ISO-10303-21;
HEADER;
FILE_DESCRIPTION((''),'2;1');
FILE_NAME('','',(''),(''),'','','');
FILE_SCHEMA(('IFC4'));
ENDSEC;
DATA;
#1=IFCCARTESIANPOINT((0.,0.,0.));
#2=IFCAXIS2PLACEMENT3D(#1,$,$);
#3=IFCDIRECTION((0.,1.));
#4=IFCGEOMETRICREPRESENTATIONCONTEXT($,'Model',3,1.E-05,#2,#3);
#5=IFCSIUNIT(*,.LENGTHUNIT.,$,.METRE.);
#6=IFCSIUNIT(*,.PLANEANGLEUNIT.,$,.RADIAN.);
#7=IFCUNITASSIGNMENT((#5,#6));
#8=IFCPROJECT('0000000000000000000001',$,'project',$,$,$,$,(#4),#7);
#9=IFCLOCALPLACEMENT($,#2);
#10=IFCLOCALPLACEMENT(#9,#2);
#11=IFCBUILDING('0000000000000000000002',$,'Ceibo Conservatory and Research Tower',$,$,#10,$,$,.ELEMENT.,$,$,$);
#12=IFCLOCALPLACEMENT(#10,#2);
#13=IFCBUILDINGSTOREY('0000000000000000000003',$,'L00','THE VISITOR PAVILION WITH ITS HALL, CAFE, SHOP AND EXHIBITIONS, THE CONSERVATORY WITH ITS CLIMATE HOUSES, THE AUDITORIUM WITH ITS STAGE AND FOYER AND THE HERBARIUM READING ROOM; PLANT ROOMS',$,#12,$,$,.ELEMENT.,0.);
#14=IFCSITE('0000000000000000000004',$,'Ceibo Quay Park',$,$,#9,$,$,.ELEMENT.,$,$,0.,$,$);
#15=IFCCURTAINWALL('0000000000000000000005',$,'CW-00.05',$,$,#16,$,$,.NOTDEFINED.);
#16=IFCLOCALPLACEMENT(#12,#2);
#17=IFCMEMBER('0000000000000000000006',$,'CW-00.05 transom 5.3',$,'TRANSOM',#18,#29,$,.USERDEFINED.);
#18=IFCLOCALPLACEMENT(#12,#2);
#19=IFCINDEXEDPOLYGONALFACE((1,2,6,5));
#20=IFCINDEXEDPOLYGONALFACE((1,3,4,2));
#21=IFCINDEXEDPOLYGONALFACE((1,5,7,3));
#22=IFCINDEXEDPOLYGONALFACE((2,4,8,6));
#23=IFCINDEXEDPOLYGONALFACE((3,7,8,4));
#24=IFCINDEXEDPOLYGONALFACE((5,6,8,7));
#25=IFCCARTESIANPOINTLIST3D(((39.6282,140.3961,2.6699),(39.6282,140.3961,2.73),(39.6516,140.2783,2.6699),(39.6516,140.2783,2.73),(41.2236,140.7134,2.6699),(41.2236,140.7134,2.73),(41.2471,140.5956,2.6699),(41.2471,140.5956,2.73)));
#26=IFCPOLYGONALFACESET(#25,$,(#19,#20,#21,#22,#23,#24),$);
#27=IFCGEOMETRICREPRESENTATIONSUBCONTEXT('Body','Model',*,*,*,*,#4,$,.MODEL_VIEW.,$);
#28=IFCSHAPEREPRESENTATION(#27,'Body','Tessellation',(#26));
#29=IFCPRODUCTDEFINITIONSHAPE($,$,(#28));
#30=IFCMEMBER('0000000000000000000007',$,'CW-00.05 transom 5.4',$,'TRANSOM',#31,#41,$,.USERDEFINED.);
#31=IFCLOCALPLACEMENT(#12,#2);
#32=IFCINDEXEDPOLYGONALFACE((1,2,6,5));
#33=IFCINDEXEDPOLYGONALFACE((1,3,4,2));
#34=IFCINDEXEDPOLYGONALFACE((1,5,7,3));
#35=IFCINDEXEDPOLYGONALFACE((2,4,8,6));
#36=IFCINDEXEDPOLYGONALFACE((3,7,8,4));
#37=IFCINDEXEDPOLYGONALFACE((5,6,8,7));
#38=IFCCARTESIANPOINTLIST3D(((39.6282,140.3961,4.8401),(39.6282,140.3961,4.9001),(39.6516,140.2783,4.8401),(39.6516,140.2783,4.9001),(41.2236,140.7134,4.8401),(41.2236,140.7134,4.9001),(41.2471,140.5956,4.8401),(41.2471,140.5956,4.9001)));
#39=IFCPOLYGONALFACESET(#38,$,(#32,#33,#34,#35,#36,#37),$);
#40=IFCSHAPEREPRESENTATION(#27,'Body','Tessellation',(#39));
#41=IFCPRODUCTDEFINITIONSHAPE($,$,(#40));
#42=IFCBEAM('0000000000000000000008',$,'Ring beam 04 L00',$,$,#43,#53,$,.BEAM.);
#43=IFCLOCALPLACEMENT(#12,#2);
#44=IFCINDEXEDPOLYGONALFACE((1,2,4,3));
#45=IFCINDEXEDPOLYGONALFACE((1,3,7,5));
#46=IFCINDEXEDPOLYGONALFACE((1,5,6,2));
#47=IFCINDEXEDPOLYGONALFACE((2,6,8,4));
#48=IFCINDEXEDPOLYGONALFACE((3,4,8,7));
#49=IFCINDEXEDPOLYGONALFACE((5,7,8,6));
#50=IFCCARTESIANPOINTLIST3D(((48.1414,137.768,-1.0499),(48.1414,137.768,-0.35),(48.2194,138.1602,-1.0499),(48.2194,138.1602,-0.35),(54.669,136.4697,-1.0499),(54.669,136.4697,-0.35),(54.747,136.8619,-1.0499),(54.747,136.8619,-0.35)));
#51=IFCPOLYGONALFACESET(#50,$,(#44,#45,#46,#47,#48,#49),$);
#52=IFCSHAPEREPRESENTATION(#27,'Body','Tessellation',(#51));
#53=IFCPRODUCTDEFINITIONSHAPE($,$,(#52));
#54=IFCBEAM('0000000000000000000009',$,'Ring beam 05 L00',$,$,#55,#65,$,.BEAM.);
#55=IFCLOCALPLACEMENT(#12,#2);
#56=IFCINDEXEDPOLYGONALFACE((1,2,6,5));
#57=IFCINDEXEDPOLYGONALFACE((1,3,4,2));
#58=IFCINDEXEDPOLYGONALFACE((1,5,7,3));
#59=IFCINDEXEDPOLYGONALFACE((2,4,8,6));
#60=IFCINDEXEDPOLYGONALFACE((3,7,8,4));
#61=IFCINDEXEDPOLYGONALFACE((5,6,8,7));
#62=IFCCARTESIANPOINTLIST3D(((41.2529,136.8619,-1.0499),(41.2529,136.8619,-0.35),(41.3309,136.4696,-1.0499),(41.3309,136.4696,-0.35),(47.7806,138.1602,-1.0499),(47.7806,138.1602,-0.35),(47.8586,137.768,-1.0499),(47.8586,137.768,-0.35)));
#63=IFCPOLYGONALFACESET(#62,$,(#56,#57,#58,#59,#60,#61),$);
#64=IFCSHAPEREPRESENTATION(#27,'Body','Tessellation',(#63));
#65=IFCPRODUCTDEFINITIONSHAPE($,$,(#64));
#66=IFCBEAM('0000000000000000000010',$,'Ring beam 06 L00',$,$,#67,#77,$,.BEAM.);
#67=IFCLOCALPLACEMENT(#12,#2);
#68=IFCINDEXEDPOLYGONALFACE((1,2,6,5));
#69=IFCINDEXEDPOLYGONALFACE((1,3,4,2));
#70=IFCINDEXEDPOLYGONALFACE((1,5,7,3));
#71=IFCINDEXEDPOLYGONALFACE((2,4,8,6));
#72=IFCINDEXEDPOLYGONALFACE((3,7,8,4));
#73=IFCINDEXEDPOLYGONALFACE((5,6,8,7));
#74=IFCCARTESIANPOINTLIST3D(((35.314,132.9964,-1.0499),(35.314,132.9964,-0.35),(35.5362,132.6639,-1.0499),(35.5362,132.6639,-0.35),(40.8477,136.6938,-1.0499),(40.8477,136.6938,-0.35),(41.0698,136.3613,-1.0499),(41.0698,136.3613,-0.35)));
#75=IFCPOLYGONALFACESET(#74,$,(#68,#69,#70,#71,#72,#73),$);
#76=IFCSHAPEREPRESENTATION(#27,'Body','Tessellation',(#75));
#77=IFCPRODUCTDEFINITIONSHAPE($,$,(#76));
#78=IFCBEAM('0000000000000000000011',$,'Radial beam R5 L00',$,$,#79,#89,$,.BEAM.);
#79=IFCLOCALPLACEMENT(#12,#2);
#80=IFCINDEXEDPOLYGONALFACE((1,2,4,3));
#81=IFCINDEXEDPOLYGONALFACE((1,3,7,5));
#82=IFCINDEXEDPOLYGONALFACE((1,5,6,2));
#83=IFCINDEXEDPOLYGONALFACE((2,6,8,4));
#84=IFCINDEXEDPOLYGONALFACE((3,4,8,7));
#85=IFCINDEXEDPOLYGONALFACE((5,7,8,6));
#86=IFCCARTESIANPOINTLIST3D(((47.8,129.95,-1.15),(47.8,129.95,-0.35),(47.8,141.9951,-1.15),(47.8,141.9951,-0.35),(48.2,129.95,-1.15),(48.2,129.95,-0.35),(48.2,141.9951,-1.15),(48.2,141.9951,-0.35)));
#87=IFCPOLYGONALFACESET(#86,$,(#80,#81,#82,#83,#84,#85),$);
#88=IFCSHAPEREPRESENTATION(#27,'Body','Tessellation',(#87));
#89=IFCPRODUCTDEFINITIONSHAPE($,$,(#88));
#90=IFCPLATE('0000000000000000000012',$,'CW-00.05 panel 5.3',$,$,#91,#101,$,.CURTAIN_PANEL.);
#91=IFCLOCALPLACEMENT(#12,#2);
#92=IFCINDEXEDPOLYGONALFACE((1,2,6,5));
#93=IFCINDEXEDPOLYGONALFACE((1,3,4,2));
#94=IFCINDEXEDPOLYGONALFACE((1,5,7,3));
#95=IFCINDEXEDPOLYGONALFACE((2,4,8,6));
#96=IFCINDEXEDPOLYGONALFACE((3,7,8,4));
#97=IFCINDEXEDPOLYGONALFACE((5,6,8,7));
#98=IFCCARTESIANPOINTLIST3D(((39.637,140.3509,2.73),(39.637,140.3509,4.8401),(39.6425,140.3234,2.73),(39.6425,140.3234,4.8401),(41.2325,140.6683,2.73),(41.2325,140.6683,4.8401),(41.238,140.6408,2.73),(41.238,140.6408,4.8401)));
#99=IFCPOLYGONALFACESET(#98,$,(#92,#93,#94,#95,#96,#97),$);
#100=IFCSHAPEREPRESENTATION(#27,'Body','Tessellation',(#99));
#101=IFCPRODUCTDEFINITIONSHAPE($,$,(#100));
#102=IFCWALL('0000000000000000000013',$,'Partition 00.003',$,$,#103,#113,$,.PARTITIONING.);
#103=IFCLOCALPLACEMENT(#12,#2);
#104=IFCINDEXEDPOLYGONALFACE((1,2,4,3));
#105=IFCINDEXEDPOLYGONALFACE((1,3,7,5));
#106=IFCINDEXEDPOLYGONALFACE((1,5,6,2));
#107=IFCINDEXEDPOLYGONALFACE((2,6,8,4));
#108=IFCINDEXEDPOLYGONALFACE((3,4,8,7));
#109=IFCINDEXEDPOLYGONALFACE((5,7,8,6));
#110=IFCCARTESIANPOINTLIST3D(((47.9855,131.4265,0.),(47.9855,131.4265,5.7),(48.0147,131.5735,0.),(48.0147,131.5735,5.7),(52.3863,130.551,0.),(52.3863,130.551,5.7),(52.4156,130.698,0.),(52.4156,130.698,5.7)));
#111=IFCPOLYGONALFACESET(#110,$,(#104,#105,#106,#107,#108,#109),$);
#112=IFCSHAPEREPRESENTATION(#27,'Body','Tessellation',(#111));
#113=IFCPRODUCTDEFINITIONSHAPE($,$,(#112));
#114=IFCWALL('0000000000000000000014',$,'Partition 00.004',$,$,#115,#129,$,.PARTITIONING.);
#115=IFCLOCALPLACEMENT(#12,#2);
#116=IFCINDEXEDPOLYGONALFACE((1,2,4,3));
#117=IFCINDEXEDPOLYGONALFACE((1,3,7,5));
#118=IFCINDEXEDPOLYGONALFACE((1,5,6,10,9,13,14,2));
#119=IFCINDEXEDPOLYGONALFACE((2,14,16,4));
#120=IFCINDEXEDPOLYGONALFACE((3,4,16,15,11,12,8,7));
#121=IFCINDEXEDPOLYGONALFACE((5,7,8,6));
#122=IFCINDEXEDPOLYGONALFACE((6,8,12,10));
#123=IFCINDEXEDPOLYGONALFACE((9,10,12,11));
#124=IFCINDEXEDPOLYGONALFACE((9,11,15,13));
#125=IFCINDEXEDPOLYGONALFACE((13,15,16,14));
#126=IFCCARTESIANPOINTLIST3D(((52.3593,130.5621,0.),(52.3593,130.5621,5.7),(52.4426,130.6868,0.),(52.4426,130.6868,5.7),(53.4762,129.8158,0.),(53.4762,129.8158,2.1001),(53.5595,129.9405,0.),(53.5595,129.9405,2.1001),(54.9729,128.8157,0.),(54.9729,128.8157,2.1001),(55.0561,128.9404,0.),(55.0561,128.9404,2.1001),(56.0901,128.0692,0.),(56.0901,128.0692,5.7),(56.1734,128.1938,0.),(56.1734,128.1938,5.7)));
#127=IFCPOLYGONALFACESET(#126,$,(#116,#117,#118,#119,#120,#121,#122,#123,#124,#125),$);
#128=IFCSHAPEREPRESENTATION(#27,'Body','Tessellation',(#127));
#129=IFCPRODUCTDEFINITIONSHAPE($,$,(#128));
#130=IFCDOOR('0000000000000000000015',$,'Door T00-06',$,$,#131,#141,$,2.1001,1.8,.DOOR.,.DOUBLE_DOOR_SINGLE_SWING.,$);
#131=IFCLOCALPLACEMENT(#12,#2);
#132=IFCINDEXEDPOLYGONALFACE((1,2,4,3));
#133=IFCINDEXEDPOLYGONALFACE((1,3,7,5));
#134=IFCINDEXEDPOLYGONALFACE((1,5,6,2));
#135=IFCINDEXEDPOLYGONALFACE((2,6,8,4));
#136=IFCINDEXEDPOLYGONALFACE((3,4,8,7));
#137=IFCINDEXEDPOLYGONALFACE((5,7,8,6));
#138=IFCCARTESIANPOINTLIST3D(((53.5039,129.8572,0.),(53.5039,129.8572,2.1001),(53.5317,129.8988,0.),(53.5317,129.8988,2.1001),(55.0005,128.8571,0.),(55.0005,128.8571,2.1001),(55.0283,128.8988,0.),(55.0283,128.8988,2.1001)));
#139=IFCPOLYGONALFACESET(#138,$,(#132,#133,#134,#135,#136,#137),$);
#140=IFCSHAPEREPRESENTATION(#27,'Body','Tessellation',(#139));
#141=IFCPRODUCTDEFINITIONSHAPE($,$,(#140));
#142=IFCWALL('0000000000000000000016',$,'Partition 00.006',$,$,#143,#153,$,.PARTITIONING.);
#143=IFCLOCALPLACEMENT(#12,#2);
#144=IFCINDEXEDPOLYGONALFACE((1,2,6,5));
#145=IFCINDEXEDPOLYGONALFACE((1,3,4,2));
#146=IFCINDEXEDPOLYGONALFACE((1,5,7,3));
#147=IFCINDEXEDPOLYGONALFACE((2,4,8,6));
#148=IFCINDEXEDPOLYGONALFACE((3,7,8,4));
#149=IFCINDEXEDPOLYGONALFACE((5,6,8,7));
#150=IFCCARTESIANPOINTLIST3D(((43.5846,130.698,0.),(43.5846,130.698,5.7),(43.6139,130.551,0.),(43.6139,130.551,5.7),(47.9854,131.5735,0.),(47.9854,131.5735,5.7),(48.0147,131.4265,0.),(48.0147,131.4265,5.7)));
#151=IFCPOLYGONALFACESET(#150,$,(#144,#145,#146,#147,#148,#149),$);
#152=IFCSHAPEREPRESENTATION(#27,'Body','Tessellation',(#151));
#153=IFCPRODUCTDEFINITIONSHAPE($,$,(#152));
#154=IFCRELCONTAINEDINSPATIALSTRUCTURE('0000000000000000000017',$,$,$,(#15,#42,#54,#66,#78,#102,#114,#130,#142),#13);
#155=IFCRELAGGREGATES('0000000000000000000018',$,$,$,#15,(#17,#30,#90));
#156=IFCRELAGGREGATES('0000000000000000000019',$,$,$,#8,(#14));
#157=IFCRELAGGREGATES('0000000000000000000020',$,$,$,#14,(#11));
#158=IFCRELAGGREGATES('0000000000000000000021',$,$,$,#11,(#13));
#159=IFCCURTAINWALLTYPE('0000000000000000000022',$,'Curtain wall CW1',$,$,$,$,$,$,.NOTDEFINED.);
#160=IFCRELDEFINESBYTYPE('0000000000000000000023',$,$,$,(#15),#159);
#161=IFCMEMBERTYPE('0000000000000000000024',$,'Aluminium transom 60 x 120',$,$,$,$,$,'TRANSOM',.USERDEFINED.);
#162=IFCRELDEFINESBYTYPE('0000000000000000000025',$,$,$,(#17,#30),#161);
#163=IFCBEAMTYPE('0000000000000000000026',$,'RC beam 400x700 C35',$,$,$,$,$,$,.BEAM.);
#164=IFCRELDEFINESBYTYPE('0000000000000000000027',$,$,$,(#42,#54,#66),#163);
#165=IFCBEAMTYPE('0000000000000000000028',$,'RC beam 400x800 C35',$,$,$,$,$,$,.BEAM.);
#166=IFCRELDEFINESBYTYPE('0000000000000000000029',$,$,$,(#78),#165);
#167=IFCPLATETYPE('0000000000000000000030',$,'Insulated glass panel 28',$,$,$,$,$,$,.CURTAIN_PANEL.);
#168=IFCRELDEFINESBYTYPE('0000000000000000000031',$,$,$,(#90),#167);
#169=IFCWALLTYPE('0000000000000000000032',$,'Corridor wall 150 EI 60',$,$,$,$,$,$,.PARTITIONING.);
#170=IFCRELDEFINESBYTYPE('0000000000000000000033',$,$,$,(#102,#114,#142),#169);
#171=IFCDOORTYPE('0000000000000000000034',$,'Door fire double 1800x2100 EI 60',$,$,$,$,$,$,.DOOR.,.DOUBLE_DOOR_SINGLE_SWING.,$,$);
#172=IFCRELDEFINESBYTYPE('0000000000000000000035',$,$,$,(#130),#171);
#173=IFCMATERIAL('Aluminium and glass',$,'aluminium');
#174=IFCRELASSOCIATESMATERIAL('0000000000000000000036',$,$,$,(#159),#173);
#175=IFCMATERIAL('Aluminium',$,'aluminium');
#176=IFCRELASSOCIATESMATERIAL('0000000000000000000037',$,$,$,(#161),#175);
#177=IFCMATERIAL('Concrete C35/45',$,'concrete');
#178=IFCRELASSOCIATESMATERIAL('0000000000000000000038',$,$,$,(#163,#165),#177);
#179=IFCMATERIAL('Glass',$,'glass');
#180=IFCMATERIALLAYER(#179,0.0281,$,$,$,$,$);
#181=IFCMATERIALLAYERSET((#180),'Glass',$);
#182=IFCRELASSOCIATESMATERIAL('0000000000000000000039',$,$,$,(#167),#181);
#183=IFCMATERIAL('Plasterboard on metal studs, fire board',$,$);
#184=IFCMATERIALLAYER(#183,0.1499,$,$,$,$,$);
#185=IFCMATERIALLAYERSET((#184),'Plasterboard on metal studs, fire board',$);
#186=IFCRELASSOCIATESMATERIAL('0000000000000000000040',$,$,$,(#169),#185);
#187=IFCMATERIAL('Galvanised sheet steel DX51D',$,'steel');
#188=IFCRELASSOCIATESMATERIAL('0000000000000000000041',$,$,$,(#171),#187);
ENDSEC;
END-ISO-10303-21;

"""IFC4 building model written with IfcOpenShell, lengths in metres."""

from ifc_helpers import new_model, si_unit, direction, frame, frame_2d, origin, origin_2d, place, context, subcontext, project, spatial, rectangle, extrude, material, layer, layer_set, material_profile, profile_set, type_object, element, fill, aggregate, save


model = new_model("IFC4")

# Units and contexts
model_context = context("Model", 3, precision=1e-05, world=origin(), true_north=direction((0.0, 1.0)))
body_context = subcontext(model_context, "Body", "Model", "MODEL_VIEW")
ifc_project = project(units=[si_unit("LENGTHUNIT", "METRE"), si_unit("PLANEANGLEUNIT", "RADIAN")], contexts=[model_context])

# Site, building, storey
site_placement = place(None, origin())
site = spatial("IfcSite", under=ifc_project, at=site_placement, Name="Ceibo Quay Park", CompositionType="ELEMENT", RefElevation=0.0)
building_placement = place(site_placement, origin())
building = spatial("IfcBuilding", under=site, at=building_placement, Name="Ceibo Conservatory and Research Tower", CompositionType="ELEMENT")
storey_placement = place(building_placement, origin())
storey = spatial("IfcBuildingStorey", under=building, at=storey_placement, Name="L00", Description="THE VISITOR PAVILION WITH ITS HALL, CAFE, SHOP AND EXHIBITIONS, THE CONSERVATORY WITH ITS CLIMATE HOUSES, THE AUDITORIUM WITH ITS STAGE AND FOYER AND THE HERBARIUM READING ROOM; PLANT ROOMS", CompositionType="ELEMENT", Elevation=0.0)

# Shared definitions
ifc_material_1 = material(Name="Aluminium and glass", Category="aluminium")
curtain_wall_type = type_object("IfcCurtainWallType", Name="Curtain wall CW1", PredefinedType="NOTDEFINED", material=ifc_material_1)
ifc_material_2 = material(Name="Aluminium", Category="aluminium")

# Curtain wall, members
curtain_wall_1_placement = place(storey_placement, origin())
curtain_wall_1 = element("IfcCurtainWall", 1, at=curtain_wall_1_placement, inside=storey, type_object=curtain_wall_type, Name="CW-00.05", PredefinedType="NOTDEFINED")
ifc_material_profile_1 = material_profile(ifc_material_2, rectangle(XDim=0.1201, YDim=0.0601, at=origin_2d()), Name="Aluminium 60 x 120")
ifc_profile_set_1 = profile_set([ifc_material_profile_1], Name="Aluminium")
member_type_1 = type_object("IfcMemberType", Name="Aluminium transom 60 x 120", ElementType="TRANSOM", PredefinedType="USERDEFINED", material=ifc_profile_set_1)
member_1_placement = place(storey_placement, frame((41.2354, 140.6545, 2.7), z_axis=(-0.980782, -0.195106, 0.0), x_axis=(0.195106, -0.980782, 0.0)))
member_1 = element("IfcMember", 2, at=member_1_placement, type_object=member_type_1, Name="CW-00.05 transom 5.3", ObjectType="TRANSOM", PredefinedType="USERDEFINED", context=body_context, shape_type="SweptSolid", body=[
    extrude(rectangle(XDim=0.1201, YDim=0.0601, at=origin_2d()), origin(), (0.0, 0.0, 1.0), 1.6267),
])
member_2_placement = place(storey_placement, frame((41.2354, 140.6545, 4.8701), z_axis=(-0.980782, -0.195106, 0.0), x_axis=(0.195106, -0.980782, 0.0)))
member_2 = element("IfcMember", 3, at=member_2_placement, type_object=member_type_1, Name="CW-00.05 transom 5.4", ObjectType="TRANSOM", PredefinedType="USERDEFINED", context=body_context, shape_type="SweptSolid", body=[
    extrude(rectangle(XDim=0.1201, YDim=0.0601, at=origin_2d()), origin(), (0.0, 0.0, 1.0), 1.6267),
])

# Beams
ifc_material_3 = material(Name="Concrete C35/45", Category="concrete")
ifc_material_profile_2 = material_profile(ifc_material_3, rectangle(XDim=0.3999, YDim=0.7, at=origin_2d()), Name="RC 400x700")
ifc_profile_set_2 = profile_set([ifc_material_profile_2], Name="Concrete C35/45")
beam_type_1 = type_object("IfcBeamType", Name="RC beam 400x700 C35", PredefinedType="BEAM", material=ifc_profile_set_2)
for number, where, z_axis, x_axis, name in (
    (4, (54.708, 136.6658, -0.7), (-0.980788, 0.195079, 0.0), (-0.195079, -0.980788, 0.0), "Ring beam 04 L00"),
    (5, (47.8196, 137.9641, -0.7), (-0.980788, -0.195079, 0.0), (0.195079, -0.980788, 0.0), "Ring beam 05 L00"),
):
    element("IfcBeam", number, at=place(storey_placement, frame(where, z_axis=z_axis, x_axis=x_axis)), inside=storey, type_object=beam_type_1, Name=name, PredefinedType="BEAM", context=body_context, shape_type="SweptSolid", body=[
        extrude(rectangle(XDim=0.3999, YDim=0.7, at=origin_2d()), origin(), (0.0, 0.0, 1.0), 6.6555),
    ])
beam_1_placement = place(storey_placement, frame((40.9587, 136.5276, -0.7), z_axis=(-0.831469, -0.555572, 0.0), x_axis=(0.555572, -0.831469, 0.0)))
element("IfcBeam", 6, at=beam_1_placement, inside=storey, type_object=beam_type_1, Name="Ring beam 06 L00", PredefinedType="BEAM", context=body_context, shape_type="SweptSolid", body=[
    extrude(rectangle(XDim=0.3999, YDim=0.7, at=origin_2d()), origin(), (0.0, 0.0, 1.0), 6.6553),
])
ifc_material_profile_3 = material_profile(ifc_material_3, rectangle(XDim=0.3999, YDim=0.8, at=origin_2d()), Name="RC 400x800")
ifc_profile_set_3 = profile_set([ifc_material_profile_3], Name="Concrete C35/45")
beam_type_2 = type_object("IfcBeamType", Name="RC beam 400x800 C35", PredefinedType="BEAM", material=ifc_profile_set_3)
beam_2_placement = place(storey_placement, frame((48.0, 129.95, -0.75), z_axis=(0.0, 1.0, 0.0), x_axis=(-1.0, 0.0, 0.0)))
element("IfcBeam", 7, at=beam_2_placement, inside=storey, type_object=beam_type_2, Name="Radial beam R5 L00", PredefinedType="BEAM", context=body_context, shape_type="SweptSolid", body=[
    extrude(rectangle(XDim=0.3999, YDim=0.8, at=origin_2d()), origin(), (0.0, 0.0, 1.0), 12.0452),
])

# Plate
ifc_material_4 = material(Name="Glass", Category="glass")
ifc_layer_1 = layer(ifc_material_4, 0.0281)
ifc_layer_set_1 = layer_set([ifc_layer_1], Name="Glass")
plate_type = type_object("IfcPlateType", Name="Insulated glass panel 28", PredefinedType="CURTAIN_PANEL", material=ifc_layer_set_1)
plate_placement = place(storey_placement, frame((40.4375, 140.4958, 2.73), z_axis=(0.0, 0.0, 1.0), x_axis=(-0.980785, -0.19509, 0.0)))
plate = element("IfcPlate", 8, at=plate_placement, type_object=plate_type, Name="CW-00.05 panel 5.3", PredefinedType="CURTAIN_PANEL", context=body_context, shape_type="SweptSolid", body=[
    extrude(rectangle(XDim=1.6267, YDim=0.0281, at=origin_2d()), origin(), (0.0, 0.0, 1.0), 2.1101),
])
aggregate(curtain_wall_1, [member_1, member_2, plate])

# Wall
ifc_material_5 = material(Name="Plasterboard on metal studs, fire board")
ifc_layer_2 = layer(ifc_material_5, 0.1499)
ifc_layer_set_2 = layer_set([ifc_layer_2], Name="Plasterboard on metal studs, fire board")
wall_type = type_object("IfcWallType", Name="Corridor wall 150 EI 60", PredefinedType="PARTITIONING", material=ifc_layer_set_2)
wall_1_placement = place(storey_placement, frame((48.0, 131.5, 0.0), z_axis=(0.0, 0.0, 1.0), x_axis=(0.980781, -0.195112, 0.0)))
element("IfcWall", 9, at=wall_1_placement, inside=storey, type_object=wall_type, Name="Partition 00.003", PredefinedType="PARTITIONING", context=body_context, shape_type="SweptSolid", body=[
    extrude(rectangle(XDim=4.4871, YDim=0.1499, at=frame_2d((2.2437, 0.0))), origin(), (0.0, 0.0, 1.0), 5.7),
])

# Wall, opening, door
wall_2_placement = place(storey_placement, frame((52.4009, 130.6245, 0.0), z_axis=(0.0, 0.0, 1.0), x_axis=(0.831455, -0.555591, 0.0)))
wall_2 = element("IfcWall", 10, at=wall_2_placement, inside=storey, type_object=wall_type, Name="Partition 00.004", PredefinedType="PARTITIONING", context=body_context, shape_type="SweptSolid", body=[
    extrude(rectangle(XDim=4.4871, YDim=0.1499, at=frame_2d((2.2437, 0.0))), origin(), (0.0, 0.0, 1.0), 5.7),
])
opening_placement = place(wall_2_placement, frame((1.3435, 0.0, 0.0)))
opening = element("IfcOpeningElement", 11, at=opening_placement, cuts=wall_2, PredefinedType="OPENING", context=body_context, shape_type="SweptSolid", body=[
    extrude(rectangle(XDim=1.8, YDim=2.1001, at=frame_2d((0.8999, 1.05))), frame((0.0, 0.085, 0.0), z_axis=(0.0, -1.0, 0.0), x_axis=(1.0, 0.0, 0.0)), (0.0, 0.0, 1.0), 0.1699),
])
ifc_material_6 = material(Name="Galvanised sheet steel DX51D", Category="steel")
door_type = type_object("IfcDoorType", Name="Door fire double 1800x2100 EI 60", OperationType="DOUBLE_DOOR_SINGLE_SWING", PredefinedType="DOOR", material=ifc_material_6)
door_placement = place(opening_placement, origin())
door = element("IfcDoor", 12, at=door_placement, inside=storey, type_object=door_type, Name="Door T00-06", OperationType="DOUBLE_DOOR_SINGLE_SWING", OverallHeight=2.1001, OverallWidth=1.8, PredefinedType="DOOR", context=body_context, shape_type="SweptSolid", body=[
    extrude(rectangle(XDim=1.8, YDim=2.1001, at=frame_2d((0.8999, 1.05))), frame((0.0, 0.0249, 0.0), z_axis=(0.0, -1.0, 0.0), x_axis=(1.0, 0.0, 0.0)), (0.0, 0.0, 1.0), 0.05),
])
fill(opening, door)

# Wall
wall_3_placement = place(storey_placement, frame((43.5991, 130.6245, 0.0), z_axis=(0.0, 0.0, 1.0), x_axis=(0.980781, 0.195112, 0.0)))
element("IfcWall", 13, at=wall_3_placement, inside=storey, type_object=wall_type, Name="Partition 00.006", PredefinedType="PARTITIONING", context=body_context, shape_type="SweptSolid", body=[
    extrude(rectangle(XDim=4.4871, YDim=0.1499, at=frame_2d((2.2437, 0.0))), origin(), (0.0, 0.0, 1.0), 5.7),
])

save(model, "model.ifc")
